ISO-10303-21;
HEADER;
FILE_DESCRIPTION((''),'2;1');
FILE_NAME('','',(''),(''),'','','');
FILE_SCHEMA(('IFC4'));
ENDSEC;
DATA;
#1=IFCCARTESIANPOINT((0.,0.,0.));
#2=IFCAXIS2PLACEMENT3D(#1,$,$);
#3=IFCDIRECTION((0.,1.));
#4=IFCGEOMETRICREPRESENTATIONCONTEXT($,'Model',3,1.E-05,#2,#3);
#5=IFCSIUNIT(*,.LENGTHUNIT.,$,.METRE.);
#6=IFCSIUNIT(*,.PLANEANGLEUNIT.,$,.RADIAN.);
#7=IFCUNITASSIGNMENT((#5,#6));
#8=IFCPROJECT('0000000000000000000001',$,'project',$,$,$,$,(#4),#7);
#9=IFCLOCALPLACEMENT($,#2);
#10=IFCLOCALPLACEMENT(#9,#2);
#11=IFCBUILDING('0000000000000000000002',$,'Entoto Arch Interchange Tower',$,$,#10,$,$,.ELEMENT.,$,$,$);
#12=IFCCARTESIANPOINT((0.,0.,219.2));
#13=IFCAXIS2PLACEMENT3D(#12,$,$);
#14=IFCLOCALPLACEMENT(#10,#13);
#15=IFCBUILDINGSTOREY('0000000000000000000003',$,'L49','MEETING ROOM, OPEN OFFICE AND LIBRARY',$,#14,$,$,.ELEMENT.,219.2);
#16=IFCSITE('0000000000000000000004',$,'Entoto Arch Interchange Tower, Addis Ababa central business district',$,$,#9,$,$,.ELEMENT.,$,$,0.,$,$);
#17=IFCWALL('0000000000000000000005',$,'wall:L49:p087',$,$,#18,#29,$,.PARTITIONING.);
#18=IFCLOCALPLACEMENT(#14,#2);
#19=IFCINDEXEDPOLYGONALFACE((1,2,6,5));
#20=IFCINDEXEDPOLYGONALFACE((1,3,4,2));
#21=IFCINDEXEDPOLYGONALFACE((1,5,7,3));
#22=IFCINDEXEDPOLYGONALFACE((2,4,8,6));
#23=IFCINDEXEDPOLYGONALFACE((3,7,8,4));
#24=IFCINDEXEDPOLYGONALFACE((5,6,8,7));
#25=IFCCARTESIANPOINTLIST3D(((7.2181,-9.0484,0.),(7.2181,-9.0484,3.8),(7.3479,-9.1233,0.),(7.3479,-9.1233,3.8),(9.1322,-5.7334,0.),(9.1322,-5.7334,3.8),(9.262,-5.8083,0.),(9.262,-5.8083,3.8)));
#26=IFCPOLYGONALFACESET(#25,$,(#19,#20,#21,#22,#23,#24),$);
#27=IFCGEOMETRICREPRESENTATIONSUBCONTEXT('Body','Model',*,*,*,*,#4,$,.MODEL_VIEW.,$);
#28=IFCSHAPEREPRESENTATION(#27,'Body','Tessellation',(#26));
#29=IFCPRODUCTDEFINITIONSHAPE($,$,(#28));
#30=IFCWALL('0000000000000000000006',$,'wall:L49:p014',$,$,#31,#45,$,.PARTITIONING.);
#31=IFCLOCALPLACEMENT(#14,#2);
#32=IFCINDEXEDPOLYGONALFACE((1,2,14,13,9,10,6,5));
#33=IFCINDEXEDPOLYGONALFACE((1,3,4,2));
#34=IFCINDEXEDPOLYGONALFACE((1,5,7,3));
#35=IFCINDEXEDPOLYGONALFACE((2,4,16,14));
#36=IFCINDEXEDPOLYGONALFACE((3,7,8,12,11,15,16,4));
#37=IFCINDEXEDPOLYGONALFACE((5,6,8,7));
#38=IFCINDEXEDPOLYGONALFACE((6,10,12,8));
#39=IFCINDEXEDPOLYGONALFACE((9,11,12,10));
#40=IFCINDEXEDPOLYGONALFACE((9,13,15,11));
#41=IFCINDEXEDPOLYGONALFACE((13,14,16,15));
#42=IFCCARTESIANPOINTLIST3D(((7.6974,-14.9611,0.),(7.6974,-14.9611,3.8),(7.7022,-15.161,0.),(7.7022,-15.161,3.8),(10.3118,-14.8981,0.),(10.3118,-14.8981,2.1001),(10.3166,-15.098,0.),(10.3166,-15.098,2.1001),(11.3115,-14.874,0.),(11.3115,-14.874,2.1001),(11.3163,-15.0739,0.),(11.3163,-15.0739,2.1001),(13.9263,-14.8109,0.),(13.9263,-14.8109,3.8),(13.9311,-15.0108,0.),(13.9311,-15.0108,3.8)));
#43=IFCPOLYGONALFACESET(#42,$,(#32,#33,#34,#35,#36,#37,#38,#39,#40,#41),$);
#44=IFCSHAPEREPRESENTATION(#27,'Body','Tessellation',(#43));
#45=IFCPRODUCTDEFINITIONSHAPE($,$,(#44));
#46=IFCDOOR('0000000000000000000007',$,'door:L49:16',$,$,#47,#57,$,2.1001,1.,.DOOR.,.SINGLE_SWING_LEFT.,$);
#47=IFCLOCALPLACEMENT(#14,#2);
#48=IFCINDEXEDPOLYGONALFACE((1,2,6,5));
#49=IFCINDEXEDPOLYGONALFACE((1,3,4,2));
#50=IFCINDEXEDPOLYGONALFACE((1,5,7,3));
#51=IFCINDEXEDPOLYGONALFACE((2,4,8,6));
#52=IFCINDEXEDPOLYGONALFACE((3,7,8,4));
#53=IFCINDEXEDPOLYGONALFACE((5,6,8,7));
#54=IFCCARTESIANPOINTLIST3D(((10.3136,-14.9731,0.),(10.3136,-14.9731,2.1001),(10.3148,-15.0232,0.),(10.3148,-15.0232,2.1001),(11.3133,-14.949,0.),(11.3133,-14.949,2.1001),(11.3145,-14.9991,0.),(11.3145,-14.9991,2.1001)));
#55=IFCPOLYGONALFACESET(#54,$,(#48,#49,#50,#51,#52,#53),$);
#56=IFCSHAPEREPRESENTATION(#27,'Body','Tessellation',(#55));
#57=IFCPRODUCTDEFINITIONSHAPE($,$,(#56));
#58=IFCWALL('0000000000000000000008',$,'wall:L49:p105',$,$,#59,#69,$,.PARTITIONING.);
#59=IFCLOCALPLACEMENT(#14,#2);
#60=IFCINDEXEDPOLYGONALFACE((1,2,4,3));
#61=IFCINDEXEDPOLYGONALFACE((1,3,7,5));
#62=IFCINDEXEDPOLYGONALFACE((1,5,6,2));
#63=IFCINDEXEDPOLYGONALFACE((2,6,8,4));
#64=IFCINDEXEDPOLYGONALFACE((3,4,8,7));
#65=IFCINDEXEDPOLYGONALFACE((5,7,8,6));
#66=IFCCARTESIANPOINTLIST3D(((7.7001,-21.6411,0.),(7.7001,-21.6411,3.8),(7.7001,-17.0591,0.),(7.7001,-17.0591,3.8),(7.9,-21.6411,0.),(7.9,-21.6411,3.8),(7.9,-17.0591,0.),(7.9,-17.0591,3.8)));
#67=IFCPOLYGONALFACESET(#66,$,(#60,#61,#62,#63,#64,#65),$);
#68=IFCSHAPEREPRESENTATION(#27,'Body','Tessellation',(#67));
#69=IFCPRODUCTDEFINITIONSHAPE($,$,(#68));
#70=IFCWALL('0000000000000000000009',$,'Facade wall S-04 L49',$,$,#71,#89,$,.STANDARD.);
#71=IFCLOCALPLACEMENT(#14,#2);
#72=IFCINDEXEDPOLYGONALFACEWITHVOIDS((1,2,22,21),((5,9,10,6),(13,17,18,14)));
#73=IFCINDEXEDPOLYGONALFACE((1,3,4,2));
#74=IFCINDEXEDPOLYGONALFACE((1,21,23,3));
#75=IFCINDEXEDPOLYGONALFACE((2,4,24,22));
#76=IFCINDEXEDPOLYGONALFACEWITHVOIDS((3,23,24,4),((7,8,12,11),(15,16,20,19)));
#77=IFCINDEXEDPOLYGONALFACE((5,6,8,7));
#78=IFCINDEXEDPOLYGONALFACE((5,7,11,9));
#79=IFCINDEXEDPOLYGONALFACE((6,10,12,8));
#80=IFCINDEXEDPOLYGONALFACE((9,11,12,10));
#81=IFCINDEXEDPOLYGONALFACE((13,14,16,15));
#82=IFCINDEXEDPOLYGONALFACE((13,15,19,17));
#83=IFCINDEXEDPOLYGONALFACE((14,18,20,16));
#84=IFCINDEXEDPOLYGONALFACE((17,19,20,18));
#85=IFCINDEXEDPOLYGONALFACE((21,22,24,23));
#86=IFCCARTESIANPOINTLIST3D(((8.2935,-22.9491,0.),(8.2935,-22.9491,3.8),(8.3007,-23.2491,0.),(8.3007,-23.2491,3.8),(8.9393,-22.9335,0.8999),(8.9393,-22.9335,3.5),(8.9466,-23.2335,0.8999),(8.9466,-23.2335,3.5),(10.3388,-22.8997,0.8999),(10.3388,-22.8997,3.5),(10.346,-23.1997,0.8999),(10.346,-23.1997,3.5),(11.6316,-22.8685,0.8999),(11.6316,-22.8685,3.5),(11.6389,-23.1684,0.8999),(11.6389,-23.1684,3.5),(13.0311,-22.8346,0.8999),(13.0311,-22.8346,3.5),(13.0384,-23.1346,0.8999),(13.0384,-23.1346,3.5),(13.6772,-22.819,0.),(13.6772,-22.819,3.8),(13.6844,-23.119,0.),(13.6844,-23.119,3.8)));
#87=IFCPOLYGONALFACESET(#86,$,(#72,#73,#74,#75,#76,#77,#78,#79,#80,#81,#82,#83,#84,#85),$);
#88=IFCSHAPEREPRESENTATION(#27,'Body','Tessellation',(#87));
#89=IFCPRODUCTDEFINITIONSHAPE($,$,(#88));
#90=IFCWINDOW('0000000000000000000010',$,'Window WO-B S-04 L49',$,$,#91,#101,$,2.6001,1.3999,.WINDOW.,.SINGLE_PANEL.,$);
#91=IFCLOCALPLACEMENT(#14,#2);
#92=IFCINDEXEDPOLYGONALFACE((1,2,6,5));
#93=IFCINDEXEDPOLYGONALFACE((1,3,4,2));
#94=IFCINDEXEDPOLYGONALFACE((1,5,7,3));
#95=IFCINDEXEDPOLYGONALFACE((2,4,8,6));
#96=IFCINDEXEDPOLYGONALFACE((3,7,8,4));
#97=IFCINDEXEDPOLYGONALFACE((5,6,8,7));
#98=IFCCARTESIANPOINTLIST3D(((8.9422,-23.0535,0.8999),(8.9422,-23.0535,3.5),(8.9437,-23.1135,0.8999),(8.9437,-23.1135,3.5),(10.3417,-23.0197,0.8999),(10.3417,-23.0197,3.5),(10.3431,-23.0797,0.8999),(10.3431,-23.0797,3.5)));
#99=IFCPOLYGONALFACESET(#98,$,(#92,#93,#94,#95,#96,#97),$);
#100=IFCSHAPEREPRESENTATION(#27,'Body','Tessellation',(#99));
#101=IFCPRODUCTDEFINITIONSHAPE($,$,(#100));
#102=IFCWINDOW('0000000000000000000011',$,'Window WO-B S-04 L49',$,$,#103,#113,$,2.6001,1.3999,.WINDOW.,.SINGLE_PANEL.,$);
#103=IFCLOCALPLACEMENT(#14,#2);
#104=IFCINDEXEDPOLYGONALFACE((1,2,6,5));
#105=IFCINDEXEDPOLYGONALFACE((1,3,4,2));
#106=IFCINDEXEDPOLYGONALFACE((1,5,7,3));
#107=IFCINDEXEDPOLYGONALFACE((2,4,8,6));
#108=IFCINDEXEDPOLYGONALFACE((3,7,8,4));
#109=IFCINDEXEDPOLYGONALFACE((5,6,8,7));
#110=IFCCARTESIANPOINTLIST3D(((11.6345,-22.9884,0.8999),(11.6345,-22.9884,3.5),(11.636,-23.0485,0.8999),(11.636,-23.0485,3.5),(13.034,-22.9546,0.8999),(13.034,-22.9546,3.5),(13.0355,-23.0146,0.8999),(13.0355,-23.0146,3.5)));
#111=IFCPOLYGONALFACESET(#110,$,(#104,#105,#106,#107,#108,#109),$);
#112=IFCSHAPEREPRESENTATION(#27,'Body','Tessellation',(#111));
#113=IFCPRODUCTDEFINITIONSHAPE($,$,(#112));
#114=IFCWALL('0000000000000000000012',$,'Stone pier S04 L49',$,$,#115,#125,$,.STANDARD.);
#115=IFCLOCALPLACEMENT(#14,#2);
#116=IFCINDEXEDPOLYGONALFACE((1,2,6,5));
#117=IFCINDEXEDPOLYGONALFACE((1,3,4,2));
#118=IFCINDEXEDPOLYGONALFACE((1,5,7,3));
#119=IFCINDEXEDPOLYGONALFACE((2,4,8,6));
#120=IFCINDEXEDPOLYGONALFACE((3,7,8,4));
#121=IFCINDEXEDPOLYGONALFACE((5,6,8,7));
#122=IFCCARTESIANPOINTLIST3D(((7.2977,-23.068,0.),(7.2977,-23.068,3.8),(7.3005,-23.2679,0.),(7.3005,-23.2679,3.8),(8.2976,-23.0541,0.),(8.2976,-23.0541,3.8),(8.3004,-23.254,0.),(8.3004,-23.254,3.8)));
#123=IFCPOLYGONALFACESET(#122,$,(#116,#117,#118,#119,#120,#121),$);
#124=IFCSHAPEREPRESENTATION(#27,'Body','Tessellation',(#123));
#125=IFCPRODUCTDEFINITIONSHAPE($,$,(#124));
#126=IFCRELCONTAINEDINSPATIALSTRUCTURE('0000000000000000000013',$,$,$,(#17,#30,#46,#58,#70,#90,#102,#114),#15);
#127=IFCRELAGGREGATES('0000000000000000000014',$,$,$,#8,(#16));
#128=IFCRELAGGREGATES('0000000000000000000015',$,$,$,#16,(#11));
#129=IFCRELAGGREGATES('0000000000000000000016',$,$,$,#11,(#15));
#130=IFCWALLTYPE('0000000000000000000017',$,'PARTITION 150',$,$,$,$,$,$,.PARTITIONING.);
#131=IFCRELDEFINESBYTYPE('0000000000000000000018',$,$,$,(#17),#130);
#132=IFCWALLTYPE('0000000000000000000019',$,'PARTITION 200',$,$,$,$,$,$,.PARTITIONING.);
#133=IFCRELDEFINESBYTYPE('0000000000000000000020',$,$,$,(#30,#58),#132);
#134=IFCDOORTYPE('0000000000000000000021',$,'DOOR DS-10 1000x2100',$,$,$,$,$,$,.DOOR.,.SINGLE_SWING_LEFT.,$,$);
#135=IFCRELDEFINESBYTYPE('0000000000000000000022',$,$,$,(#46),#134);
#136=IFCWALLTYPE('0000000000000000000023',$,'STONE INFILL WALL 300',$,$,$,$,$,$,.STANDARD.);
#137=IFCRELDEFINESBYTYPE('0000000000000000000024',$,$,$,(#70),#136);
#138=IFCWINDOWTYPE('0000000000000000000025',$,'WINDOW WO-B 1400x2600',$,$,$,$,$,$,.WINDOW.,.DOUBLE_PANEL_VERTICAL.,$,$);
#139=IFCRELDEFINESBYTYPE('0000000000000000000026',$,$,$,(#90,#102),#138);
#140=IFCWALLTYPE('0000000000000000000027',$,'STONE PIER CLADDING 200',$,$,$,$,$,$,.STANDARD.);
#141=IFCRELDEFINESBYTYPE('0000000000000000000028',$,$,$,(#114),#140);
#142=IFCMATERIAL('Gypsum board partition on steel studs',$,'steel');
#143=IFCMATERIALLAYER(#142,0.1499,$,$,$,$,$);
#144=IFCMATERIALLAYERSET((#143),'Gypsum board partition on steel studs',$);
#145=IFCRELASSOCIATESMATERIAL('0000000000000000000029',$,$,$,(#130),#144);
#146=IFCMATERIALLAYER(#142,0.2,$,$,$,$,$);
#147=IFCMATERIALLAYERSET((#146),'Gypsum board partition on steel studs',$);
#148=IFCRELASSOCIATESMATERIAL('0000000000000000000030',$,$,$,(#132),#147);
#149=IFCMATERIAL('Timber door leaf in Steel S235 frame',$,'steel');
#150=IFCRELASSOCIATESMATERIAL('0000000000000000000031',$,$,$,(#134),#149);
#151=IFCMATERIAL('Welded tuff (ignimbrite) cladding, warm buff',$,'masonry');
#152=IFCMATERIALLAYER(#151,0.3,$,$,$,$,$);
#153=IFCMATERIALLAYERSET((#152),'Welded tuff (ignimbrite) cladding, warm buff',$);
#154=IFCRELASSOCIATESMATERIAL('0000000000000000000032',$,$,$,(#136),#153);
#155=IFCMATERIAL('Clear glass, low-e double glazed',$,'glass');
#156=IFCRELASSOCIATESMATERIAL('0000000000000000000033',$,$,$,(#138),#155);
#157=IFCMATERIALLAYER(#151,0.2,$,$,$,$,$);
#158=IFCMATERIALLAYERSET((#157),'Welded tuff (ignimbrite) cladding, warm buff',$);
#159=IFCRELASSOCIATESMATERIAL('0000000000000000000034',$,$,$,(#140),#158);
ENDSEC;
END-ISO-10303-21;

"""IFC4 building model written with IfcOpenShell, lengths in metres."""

from ifc_helpers import new_model, si_unit, direction, frame, frame_2d, origin, place, context, subcontext, project, spatial, rectangle, extrude, material, layer, layer_set, type_object, element, fill, save


model = new_model("IFC4")

# Units and contexts
model_context = context("Model", 3, precision=1e-05, world=origin(), true_north=direction((0.0, 1.0)))
body_context = subcontext(model_context, "Body", "Model", "MODEL_VIEW")
ifc_project = project(units=[si_unit("LENGTHUNIT", "METRE"), si_unit("PLANEANGLEUNIT", "RADIAN")], contexts=[model_context])

# Site, building, storey
site_placement = place(None, origin())
site = spatial("IfcSite", under=ifc_project, at=site_placement, Name="Entoto Arch Interchange Tower, Addis Ababa central business district", CompositionType="ELEMENT", RefElevation=0.0)
building_placement = place(site_placement, origin())
building = spatial("IfcBuilding", under=site, at=building_placement, Name="Entoto Arch Interchange Tower", CompositionType="ELEMENT")
storey_placement = place(building_placement, frame((0.0, 0.0, 219.2)))
storey = spatial("IfcBuildingStorey", under=building, at=storey_placement, Name="L49", Description="MEETING ROOM, OPEN OFFICE AND LIBRARY", CompositionType="ELEMENT", Elevation=219.2)

# Shared definitions
ifc_material_1 = material(Name="Clear glass, low-e double glazed", Category="glass")

# Wall
ifc_material_2 = material(Name="Gypsum board partition on steel studs", Category="steel")
ifc_layer_1 = layer(ifc_material_2, 0.1499)
ifc_layer_set_1 = layer_set([ifc_layer_1], Name="Gypsum board partition on steel studs")
wall_type_1 = type_object("IfcWallType", Name="PARTITION 150", PredefinedType="PARTITIONING", material=ifc_layer_set_1)
wall_1_placement = place(storey_placement, frame((7.283, -9.0859, 0.0), z_axis=(0.0, 0.0, 1.0), x_axis=(0.500035, 0.866005, 0.0)))
element("IfcWall", 1, at=wall_1_placement, inside=storey, type_object=wall_type_1, Name="wall:L49:p087", PredefinedType="PARTITIONING", context=body_context, shape_type="SweptSolid", body=[
    extrude(rectangle(XDim=3.8279, YDim=0.1499, at=frame_2d((1.9141, 0.0))), origin(), (0.0, 0.0, 1.0), 3.8),
])

# Wall, opening, door
ifc_layer_2 = layer(ifc_material_2, 0.2)
ifc_layer_set_2 = layer_set([ifc_layer_2], Name="Gypsum board partition on steel studs")
wall_type_2 = type_object("IfcWallType", Name="PARTITION 200", PredefinedType="PARTITIONING", material=ifc_layer_set_2)
wall_2_placement = place(storey_placement, frame((7.7, -15.061, 0.0), z_axis=(0.0, 0.0, 1.0), x_axis=(0.99971, 0.024097, 0.0)))
wall_2 = element("IfcWall", 2, at=wall_2_placement, inside=storey, type_object=wall_type_2, Name="wall:L49:p014", PredefinedType="PARTITIONING", context=body_context, shape_type="SweptSolid", body=[
    extrude(rectangle(XDim=6.2307, YDim=0.2, at=frame_2d((3.1152, 0.0))), origin(), (0.0, 0.0, 1.0), 3.8),
])
opening_1_placement = place(wall_2_placement, frame((2.615, 0.0, 0.0)))
opening_1 = element("IfcOpeningElement", 3, at=opening_1_placement, cuts=wall_2, PredefinedType="OPENING", context=body_context, shape_type="SweptSolid", body=[
    extrude(rectangle(XDim=1.0, YDim=2.1001, at=frame_2d((0.5, 1.05))), frame((0.0, 0.1099, 0.0), z_axis=(0.0, -1.0, 0.0), x_axis=(1.0, 0.0, 0.0)), (0.0, 0.0, 1.0), 0.22),
])
ifc_material_3 = material(Name="Timber door leaf in Steel S235 frame", Category="steel")
door_type = type_object("IfcDoorType", Name="DOOR DS-10 1000x2100", OperationType="SINGLE_SWING_LEFT", PredefinedType="DOOR", material=ifc_material_3)
door_placement = place(opening_1_placement, origin())
door = element("IfcDoor", 4, at=door_placement, inside=storey, type_object=door_type, Name="door:L49:16", OperationType="SINGLE_SWING_LEFT", OverallHeight=2.1001, OverallWidth=1.0, PredefinedType="DOOR", context=body_context, shape_type="SweptSolid", body=[
    extrude(rectangle(XDim=1.0, YDim=2.1001, at=frame_2d((0.5, 1.05))), frame((0.0, 0.0249, 0.0), z_axis=(0.0, -1.0, 0.0), x_axis=(1.0, 0.0, 0.0)), (0.0, 0.0, 1.0), 0.05),
])
fill(opening_1, door)

# Wall
wall_3_placement = place(storey_placement, frame((7.8, -17.0591, 0.0), z_axis=(0.0, 0.0, 1.0), x_axis=(0.0, -1.0, 0.0)))
element("IfcWall", 5, at=wall_3_placement, inside=storey, type_object=wall_type_2, Name="wall:L49:p105", PredefinedType="PARTITIONING", context=body_context, shape_type="SweptSolid", body=[
    extrude(rectangle(XDim=4.582, YDim=0.2, at=frame_2d((2.291, 0.0))), origin(), (0.0, 0.0, 1.0), 3.8),
])

# Wall, openings, windows
ifc_material_4 = material(Name="Welded tuff (ignimbrite) cladding, warm buff", Category="masonry")
ifc_layer_3 = layer(ifc_material_4, 0.3)
ifc_layer_set_3 = layer_set([ifc_layer_3], Name="Welded tuff (ignimbrite) cladding, warm buff")
wall_type_3 = type_object("IfcWallType", Name="STONE INFILL WALL 300", PredefinedType="STANDARD", material=ifc_layer_set_3)
wall_4_placement = place(storey_placement, frame((8.2971, -23.0991, 0.0), z_axis=(0.0, 0.0, 1.0), x_axis=(0.999708, 0.024163, 0.0)))
wall_4 = element("IfcWall", 6, at=wall_4_placement, inside=storey, type_object=wall_type_3, Name="Facade wall S-04 L49", PredefinedType="STANDARD", context=body_context, shape_type="SweptSolid", body=[
    extrude(rectangle(XDim=5.3853, YDim=0.3, at=frame_2d((2.6926, 0.0))), origin(), (0.0, 0.0, 1.0), 3.8),
])
opening_2_placement = place(wall_4_placement, frame((0.646, 0.0, 0.8999)))
opening_2 = element("IfcOpeningElement", 7, at=opening_2_placement, cuts=wall_4, PredefinedType="OPENING", context=body_context, shape_type="SweptSolid", body=[
    extrude(rectangle(XDim=1.3999, YDim=2.6001, at=frame_2d((0.7, 1.3))), frame((0.0, 0.1602, 0.0), z_axis=(0.0, -1.0, 0.0), x_axis=(1.0, 0.0, 0.0)), (0.0, 0.0, 1.0), 0.3201),
])
opening_3_placement = place(wall_4_placement, frame((3.3391, 0.0, 0.8999)))
opening_3 = element("IfcOpeningElement", 8, at=opening_3_placement, cuts=wall_4, PredefinedType="OPENING", context=body_context, shape_type="SweptSolid", body=[
    extrude(rectangle(XDim=1.3999, YDim=2.6001, at=frame_2d((0.7, 1.3))), frame((0.0, 0.1602, 0.0), z_axis=(0.0, -1.0, 0.0), x_axis=(1.0, 0.0, 0.0)), (0.0, 0.0, 1.0), 0.3201),
])
window_type = type_object("IfcWindowType", Name="WINDOW WO-B 1400x2600", PartitioningType="DOUBLE_PANEL_VERTICAL", PredefinedType="WINDOW", material=ifc_material_1)
window_1_placement = place(opening_2_placement, origin())
window_1 = element("IfcWindow", 9, at=window_1_placement, inside=storey, type_object=window_type, Name="Window WO-B S-04 L49", OverallHeight=2.6001, OverallWidth=1.3999, PartitioningType="SINGLE_PANEL", PredefinedType="WINDOW", context=body_context, shape_type="SweptSolid", body=[
    extrude(rectangle(XDim=1.3999, YDim=2.6001, at=frame_2d((0.7, 1.3))), frame((0.0, 0.03, 0.0), z_axis=(0.0, -1.0, 0.0), x_axis=(1.0, 0.0, 0.0)), (0.0, 0.0, 1.0), 0.0601),
])
fill(opening_2, window_1)
window_2_placement = place(opening_3_placement, origin())
window_2 = element("IfcWindow", 10, at=window_2_placement, inside=storey, type_object=window_type, Name="Window WO-B S-04 L49", OverallHeight=2.6001, OverallWidth=1.3999, PartitioningType="SINGLE_PANEL", PredefinedType="WINDOW", context=body_context, shape_type="SweptSolid", body=[
    extrude(rectangle(XDim=1.3999, YDim=2.6001, at=frame_2d((0.7, 1.3))), frame((0.0, 0.03, 0.0), z_axis=(0.0, -1.0, 0.0), x_axis=(1.0, 0.0, 0.0)), (0.0, 0.0, 1.0), 0.0601),
])
fill(opening_3, window_2)

# Wall
ifc_layer_4 = layer(ifc_material_4, 0.2)
ifc_layer_set_4 = layer_set([ifc_layer_4], Name="Welded tuff (ignimbrite) cladding, warm buff")
wall_type_4 = type_object("IfcWallType", Name="STONE PIER CLADDING 200", PredefinedType="STANDARD", material=ifc_layer_set_4)
wall_5_placement = place(storey_placement, frame((7.2991, -23.168, 0.0), z_axis=(0.0, 0.0, 1.0), x_axis=(0.999903, 0.013915, 0.0)))
element("IfcWall", 11, at=wall_5_placement, inside=storey, type_object=wall_type_4, Name="Stone pier S04 L49", PredefinedType="STANDARD", context=body_context, shape_type="SweptSolid", body=[
    extrude(rectangle(XDim=1.0, YDim=0.2, at=frame_2d((0.5, 0.0))), origin(), (0.0, 0.0, 1.0), 3.8),
])

save(model, "model.ifc")
